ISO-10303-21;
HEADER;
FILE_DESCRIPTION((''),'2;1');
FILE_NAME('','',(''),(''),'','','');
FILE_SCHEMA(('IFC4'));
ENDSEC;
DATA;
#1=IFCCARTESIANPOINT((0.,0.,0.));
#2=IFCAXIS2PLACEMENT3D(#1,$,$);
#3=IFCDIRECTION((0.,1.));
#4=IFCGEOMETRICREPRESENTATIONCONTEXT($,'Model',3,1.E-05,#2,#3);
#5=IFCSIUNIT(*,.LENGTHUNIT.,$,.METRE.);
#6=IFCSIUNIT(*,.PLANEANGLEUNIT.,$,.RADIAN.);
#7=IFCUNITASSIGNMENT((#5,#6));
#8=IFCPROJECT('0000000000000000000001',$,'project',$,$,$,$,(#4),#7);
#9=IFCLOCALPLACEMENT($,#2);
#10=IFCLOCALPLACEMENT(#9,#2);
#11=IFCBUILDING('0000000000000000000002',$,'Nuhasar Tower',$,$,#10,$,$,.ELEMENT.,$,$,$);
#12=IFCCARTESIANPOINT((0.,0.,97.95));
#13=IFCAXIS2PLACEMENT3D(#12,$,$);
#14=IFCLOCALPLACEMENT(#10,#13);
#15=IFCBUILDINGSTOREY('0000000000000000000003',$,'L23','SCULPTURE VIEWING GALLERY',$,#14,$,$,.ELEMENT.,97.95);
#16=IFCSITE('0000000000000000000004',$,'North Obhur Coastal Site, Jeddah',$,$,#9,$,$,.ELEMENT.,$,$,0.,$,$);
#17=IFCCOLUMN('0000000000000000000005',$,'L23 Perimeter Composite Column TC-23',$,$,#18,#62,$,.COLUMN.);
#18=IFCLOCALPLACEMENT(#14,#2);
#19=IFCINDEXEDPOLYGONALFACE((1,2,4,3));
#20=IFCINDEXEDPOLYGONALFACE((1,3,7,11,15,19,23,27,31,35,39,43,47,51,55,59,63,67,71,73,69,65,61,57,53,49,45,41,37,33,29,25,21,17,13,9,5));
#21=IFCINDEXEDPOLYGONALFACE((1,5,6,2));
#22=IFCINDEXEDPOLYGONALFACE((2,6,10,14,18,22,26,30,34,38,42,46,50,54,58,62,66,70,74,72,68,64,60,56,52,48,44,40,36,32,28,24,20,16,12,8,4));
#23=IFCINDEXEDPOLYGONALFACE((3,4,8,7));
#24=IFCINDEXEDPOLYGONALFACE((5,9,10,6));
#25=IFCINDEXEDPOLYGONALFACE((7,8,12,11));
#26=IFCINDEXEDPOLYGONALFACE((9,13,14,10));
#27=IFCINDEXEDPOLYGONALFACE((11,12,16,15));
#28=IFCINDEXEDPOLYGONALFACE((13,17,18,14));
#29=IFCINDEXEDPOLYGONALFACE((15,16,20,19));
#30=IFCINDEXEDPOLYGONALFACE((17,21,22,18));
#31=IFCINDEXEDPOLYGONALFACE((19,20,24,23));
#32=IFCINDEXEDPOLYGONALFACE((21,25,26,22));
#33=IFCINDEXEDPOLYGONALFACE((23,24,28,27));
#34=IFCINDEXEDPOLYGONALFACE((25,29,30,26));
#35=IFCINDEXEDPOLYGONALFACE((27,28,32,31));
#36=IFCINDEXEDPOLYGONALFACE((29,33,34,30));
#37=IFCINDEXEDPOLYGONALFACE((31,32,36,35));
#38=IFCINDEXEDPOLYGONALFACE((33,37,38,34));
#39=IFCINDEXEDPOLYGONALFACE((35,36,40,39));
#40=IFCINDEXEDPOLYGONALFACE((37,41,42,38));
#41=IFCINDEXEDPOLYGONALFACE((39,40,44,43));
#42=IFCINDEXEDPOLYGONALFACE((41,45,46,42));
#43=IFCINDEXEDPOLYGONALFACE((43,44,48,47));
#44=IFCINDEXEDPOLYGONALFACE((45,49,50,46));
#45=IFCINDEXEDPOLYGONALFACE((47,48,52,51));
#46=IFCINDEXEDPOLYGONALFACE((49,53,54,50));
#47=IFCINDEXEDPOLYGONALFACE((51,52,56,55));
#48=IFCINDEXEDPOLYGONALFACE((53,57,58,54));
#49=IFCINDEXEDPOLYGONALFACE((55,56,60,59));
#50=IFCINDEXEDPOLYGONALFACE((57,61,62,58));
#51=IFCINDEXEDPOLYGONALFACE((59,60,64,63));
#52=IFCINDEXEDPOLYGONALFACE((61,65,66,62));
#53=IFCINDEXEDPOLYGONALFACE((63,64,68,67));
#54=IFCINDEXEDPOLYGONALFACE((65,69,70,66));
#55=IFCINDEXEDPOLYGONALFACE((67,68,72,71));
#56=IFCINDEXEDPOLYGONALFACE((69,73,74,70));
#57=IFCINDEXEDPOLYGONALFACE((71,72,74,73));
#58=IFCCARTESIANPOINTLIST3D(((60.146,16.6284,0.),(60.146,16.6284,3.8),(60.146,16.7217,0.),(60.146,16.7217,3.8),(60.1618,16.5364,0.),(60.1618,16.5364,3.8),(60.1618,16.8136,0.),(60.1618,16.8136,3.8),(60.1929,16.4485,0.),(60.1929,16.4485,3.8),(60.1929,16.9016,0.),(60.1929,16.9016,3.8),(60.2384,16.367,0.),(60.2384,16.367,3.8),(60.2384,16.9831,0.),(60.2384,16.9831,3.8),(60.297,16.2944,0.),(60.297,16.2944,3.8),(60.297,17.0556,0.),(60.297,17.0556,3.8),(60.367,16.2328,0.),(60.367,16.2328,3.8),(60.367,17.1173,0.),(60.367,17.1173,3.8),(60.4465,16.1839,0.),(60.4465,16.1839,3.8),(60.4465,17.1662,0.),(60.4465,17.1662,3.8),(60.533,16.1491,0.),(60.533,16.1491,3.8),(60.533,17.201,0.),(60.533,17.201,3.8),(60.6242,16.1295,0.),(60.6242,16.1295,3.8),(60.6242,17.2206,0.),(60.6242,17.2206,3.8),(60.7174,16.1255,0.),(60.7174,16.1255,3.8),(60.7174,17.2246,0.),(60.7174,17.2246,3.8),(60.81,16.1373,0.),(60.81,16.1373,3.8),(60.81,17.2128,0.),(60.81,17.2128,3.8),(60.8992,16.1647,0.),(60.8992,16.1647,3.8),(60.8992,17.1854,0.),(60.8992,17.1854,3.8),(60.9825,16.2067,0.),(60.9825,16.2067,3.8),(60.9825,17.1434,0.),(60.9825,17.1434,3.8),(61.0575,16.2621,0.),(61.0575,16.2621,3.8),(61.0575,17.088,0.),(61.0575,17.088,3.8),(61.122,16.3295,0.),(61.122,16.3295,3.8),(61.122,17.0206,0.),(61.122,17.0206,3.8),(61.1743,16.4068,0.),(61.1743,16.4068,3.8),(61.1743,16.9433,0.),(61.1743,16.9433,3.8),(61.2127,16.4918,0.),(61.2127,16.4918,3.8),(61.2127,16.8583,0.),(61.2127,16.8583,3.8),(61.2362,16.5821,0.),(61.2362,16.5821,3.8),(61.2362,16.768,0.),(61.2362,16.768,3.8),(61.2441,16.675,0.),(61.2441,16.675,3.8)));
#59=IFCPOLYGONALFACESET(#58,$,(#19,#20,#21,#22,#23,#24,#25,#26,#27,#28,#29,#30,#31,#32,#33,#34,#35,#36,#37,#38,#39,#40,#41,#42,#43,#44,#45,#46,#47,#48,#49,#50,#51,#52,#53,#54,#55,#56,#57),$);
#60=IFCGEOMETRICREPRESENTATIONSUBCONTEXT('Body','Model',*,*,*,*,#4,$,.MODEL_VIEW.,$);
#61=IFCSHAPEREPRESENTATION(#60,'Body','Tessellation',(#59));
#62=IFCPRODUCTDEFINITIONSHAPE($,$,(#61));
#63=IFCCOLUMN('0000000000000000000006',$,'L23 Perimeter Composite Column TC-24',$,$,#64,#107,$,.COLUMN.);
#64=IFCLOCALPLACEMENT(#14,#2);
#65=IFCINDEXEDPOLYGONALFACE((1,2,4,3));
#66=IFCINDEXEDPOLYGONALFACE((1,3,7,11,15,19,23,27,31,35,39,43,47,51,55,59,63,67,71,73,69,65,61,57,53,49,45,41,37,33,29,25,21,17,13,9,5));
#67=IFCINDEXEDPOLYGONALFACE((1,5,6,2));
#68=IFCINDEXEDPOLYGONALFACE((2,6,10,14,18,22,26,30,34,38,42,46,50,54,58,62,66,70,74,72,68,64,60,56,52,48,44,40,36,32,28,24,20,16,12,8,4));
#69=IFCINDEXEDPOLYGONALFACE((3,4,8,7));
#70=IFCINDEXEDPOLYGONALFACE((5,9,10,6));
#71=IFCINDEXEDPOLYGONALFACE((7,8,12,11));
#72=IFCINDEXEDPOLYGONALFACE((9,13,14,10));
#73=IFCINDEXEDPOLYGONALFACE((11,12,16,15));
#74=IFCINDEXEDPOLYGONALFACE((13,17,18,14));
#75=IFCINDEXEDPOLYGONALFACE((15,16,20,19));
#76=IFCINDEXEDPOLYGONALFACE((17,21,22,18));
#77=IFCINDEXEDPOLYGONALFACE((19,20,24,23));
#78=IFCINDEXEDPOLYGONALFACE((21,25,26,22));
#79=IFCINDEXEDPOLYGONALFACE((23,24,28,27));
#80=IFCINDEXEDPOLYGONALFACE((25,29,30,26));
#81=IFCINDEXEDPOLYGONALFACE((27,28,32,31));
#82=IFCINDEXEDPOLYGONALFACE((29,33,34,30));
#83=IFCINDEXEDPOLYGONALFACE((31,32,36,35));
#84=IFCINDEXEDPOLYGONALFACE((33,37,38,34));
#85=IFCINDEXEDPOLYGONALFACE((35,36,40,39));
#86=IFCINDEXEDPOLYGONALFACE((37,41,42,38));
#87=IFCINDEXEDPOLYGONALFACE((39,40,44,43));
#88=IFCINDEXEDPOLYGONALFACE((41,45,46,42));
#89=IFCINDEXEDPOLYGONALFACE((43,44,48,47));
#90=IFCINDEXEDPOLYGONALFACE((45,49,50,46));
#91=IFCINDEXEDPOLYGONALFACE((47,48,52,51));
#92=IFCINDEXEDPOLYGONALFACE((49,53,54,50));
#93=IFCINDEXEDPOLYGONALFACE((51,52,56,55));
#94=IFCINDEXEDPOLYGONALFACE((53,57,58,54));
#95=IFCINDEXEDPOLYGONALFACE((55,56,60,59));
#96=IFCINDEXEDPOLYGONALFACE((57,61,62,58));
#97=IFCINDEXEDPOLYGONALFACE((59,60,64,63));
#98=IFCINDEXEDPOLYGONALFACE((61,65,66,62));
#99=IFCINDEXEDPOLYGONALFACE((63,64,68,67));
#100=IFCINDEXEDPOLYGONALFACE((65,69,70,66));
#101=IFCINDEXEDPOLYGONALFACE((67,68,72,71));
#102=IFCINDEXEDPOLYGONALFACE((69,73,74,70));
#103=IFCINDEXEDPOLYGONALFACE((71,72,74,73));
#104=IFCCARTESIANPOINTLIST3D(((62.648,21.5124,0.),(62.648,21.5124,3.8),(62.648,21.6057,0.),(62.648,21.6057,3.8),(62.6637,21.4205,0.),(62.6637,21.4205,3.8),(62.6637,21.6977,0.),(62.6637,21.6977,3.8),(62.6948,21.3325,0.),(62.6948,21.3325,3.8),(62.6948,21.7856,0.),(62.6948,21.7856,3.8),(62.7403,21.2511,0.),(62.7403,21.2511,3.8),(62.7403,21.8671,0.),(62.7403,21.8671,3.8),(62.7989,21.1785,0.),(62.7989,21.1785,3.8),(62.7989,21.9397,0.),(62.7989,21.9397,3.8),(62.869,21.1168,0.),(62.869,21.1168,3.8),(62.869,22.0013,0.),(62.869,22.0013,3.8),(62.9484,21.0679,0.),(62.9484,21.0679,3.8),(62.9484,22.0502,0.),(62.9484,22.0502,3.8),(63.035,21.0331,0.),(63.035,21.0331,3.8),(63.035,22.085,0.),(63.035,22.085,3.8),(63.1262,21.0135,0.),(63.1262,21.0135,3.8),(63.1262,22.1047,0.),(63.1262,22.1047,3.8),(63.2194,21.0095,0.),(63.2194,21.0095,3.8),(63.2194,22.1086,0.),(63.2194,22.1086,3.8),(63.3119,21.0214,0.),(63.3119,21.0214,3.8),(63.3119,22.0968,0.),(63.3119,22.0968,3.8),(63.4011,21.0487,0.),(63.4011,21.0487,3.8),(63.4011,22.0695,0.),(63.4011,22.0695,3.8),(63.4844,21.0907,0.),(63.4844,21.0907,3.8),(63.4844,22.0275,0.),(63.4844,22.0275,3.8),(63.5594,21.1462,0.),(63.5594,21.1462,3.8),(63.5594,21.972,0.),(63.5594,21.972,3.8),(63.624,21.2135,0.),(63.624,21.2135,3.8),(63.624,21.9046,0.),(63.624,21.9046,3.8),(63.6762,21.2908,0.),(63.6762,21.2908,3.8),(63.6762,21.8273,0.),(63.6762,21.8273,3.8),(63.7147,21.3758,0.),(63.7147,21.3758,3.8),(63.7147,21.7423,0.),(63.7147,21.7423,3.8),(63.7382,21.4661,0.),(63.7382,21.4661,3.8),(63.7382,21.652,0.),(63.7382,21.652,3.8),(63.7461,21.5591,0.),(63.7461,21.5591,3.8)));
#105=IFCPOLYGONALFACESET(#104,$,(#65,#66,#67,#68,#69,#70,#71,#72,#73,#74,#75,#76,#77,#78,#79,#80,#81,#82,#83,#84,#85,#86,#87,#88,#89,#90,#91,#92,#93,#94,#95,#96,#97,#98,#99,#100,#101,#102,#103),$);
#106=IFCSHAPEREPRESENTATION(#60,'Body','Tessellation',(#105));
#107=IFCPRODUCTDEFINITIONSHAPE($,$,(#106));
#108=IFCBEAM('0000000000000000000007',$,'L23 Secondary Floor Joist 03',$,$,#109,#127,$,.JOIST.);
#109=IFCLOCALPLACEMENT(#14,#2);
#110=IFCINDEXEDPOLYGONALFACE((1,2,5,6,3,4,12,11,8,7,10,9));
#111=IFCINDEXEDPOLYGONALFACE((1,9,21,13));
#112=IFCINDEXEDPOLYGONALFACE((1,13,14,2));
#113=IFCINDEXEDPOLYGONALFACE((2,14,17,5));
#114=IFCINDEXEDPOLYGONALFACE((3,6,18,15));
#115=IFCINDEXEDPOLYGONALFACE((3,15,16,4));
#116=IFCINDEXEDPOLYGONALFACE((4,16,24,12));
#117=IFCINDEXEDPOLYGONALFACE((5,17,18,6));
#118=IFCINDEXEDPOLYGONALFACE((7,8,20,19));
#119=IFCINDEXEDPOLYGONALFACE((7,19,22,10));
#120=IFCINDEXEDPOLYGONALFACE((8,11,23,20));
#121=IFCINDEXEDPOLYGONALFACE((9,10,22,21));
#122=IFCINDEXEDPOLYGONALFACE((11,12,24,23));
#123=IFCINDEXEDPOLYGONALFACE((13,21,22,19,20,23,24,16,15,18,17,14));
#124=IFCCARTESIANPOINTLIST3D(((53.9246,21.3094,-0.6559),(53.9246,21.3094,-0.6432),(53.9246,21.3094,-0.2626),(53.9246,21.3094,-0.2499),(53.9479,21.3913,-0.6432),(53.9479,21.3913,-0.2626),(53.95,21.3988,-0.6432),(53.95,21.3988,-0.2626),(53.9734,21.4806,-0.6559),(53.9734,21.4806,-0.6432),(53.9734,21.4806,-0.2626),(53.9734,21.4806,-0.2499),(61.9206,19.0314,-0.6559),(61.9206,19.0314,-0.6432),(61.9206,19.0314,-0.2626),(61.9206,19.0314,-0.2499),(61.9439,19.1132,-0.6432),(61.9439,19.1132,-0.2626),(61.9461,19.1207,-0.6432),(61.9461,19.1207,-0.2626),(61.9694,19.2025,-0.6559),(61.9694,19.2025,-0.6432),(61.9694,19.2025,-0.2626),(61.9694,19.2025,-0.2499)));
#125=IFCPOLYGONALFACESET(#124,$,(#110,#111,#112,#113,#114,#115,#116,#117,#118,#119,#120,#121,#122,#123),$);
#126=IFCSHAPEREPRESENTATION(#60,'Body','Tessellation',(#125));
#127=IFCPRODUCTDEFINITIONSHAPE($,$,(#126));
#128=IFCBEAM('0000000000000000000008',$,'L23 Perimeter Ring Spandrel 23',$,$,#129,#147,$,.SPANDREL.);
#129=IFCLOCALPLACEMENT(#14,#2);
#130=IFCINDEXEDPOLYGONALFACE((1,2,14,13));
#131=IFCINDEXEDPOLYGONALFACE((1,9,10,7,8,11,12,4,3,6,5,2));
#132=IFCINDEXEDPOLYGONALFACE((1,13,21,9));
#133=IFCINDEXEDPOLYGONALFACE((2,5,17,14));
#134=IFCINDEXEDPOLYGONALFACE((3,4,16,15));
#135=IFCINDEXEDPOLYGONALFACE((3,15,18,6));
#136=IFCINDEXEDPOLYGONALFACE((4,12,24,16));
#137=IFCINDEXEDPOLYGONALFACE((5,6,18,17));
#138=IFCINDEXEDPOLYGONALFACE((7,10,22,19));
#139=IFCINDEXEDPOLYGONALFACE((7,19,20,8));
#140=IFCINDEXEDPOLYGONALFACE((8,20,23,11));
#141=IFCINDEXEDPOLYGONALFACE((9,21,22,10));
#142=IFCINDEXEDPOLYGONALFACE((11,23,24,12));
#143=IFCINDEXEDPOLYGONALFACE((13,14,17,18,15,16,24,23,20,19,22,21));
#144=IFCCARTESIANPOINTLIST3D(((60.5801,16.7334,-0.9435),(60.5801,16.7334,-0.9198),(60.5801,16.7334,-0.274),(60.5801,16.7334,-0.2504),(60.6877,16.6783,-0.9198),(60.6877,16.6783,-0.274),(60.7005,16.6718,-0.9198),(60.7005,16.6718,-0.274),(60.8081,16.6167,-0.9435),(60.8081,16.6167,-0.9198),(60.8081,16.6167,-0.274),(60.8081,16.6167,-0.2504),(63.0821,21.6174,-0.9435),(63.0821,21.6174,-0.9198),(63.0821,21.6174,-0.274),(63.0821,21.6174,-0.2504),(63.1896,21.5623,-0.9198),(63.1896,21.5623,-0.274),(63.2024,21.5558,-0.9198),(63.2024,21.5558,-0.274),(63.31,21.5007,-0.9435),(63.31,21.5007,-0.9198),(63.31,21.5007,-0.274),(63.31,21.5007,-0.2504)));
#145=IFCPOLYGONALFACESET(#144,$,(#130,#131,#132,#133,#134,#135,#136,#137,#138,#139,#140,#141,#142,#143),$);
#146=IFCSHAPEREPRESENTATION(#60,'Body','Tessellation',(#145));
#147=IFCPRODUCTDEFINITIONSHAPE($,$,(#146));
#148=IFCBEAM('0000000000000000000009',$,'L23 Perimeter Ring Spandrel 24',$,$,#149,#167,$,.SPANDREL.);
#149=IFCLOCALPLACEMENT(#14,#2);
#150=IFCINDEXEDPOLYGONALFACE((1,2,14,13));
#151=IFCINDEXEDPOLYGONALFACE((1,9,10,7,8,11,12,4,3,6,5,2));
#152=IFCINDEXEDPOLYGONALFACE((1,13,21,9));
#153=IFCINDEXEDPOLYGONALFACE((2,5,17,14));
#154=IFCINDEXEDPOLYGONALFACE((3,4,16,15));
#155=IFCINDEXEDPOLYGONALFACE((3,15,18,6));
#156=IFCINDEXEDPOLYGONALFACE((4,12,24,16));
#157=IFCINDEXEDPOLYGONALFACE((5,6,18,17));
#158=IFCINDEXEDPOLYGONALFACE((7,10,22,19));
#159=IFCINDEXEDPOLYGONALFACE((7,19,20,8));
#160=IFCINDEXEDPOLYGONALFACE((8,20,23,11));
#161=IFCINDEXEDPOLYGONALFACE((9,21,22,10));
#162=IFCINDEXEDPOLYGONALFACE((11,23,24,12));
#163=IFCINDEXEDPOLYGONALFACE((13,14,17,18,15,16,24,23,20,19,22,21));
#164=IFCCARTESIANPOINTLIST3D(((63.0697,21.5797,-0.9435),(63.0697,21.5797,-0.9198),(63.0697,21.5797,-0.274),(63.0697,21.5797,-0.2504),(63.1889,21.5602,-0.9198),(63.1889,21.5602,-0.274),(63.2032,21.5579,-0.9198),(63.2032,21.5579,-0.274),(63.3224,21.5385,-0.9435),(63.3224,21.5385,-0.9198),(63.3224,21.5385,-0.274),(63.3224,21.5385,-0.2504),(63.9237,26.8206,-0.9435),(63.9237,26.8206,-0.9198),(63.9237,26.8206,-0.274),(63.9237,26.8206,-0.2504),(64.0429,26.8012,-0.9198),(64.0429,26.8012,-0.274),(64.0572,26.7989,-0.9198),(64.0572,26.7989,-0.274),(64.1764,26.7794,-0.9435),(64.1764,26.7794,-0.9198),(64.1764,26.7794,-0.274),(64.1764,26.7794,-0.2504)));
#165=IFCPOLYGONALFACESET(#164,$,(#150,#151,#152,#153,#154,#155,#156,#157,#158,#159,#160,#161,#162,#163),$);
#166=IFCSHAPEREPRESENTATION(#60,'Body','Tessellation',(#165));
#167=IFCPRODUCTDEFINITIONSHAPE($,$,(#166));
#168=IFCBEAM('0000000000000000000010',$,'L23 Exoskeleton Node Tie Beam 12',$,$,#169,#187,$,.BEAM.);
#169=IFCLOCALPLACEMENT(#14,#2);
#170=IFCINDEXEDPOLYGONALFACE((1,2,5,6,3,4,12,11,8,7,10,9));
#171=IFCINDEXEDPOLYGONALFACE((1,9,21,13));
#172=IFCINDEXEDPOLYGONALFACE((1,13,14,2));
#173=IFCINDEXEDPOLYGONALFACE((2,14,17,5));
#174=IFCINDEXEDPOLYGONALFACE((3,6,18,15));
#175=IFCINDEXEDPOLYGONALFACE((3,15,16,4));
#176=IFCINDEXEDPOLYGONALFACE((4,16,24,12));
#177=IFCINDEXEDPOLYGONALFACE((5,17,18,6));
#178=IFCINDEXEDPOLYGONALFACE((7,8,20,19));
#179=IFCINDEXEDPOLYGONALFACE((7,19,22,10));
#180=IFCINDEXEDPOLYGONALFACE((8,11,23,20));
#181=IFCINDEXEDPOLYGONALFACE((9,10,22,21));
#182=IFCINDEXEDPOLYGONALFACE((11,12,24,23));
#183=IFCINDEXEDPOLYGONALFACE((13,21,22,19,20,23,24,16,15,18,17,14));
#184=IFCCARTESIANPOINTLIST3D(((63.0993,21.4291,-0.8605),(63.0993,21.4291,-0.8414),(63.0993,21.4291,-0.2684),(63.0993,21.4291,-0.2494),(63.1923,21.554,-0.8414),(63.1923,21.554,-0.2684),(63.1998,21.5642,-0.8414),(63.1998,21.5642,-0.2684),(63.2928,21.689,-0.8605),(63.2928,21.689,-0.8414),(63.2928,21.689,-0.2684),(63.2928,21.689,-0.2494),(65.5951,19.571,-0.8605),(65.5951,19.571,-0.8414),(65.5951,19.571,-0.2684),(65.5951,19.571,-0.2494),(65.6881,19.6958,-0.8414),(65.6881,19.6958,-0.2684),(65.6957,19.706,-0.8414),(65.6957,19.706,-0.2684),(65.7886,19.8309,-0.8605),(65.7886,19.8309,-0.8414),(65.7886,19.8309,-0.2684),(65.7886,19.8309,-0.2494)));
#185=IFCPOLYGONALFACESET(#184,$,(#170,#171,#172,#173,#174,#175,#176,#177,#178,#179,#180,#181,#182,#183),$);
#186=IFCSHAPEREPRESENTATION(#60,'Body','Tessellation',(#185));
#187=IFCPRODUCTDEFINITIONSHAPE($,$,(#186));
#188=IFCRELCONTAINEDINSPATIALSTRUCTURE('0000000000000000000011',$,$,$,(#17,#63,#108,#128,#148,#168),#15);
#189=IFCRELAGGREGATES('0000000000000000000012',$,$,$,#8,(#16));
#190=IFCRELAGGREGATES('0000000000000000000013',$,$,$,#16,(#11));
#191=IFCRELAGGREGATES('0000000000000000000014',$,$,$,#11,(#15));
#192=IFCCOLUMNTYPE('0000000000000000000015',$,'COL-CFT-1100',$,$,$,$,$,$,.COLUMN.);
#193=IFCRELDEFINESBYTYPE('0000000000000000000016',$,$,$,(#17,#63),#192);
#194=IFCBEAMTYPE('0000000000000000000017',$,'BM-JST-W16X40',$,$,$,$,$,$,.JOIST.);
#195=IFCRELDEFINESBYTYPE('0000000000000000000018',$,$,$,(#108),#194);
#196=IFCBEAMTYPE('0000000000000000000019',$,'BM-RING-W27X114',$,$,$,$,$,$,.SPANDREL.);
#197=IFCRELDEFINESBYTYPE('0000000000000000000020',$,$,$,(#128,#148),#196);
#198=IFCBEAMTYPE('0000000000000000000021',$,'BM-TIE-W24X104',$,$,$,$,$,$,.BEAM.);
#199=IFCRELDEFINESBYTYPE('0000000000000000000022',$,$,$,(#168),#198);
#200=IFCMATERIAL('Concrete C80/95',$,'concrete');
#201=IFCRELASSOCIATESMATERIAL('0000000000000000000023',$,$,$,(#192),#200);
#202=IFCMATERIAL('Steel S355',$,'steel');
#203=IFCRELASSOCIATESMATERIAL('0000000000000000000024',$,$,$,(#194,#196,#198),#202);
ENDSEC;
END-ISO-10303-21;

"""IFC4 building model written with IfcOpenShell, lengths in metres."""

from ifc_helpers import new_model, si_unit, direction, frame, origin, origin_2d, place, context, subcontext, project, spatial, circle, i_section, extrude, material, material_profile, profile_set, type_object, element, save


model = new_model("IFC4")

# Units and contexts
model_context = context("Model", 3, precision=1e-05, world=origin(), true_north=direction((0.0, 1.0)))
body_context = subcontext(model_context, "Body", "Model", "MODEL_VIEW")
ifc_project = project(units=[si_unit("LENGTHUNIT", "METRE"), si_unit("PLANEANGLEUNIT", "RADIAN")], contexts=[model_context])

# Site, building, storey
site_placement = place(None, origin())
site = spatial("IfcSite", under=ifc_project, at=site_placement, Name="North Obhur Coastal Site, Jeddah", CompositionType="ELEMENT", RefElevation=0.0)
building_placement = place(site_placement, origin())
building = spatial("IfcBuilding", under=site, at=building_placement, Name="Nuhasar Tower", CompositionType="ELEMENT")
storey_placement = place(building_placement, frame((0.0, 0.0, 97.95)))
storey = spatial("IfcBuildingStorey", under=building, at=storey_placement, Name="L23", Description="SCULPTURE VIEWING GALLERY", CompositionType="ELEMENT", Elevation=97.95)

# Columns
ifc_material_1 = material(Name="Concrete C80/95", Category="concrete")
ifc_material_profile_1 = material_profile(ifc_material_1, circle(Radius=0.55, at=origin_2d()), Name="CFT1100")
ifc_profile_set_1 = profile_set([ifc_material_profile_1], Name="Concrete C80/95")
column_type = type_object("IfcColumnType", Name="COL-CFT-1100", PredefinedType="COLUMN", material=ifc_profile_set_1)
for number, where, z_axis, x_axis, name in (
    (1, (60.6941, 16.675, 0.0), (0.0, 0.0, 1.0), (1.0, 0.0, 0.0), "L23 Perimeter Composite Column TC-23"),
    (2, (63.196, 21.5591, 0.0), (0.0, 0.0, 1.0), (1.0, 0.0, 0.0), "L23 Perimeter Composite Column TC-24"),
):
    element("IfcColumn", number, at=place(storey_placement, frame(where, z_axis=z_axis, x_axis=x_axis)), inside=storey, type_object=column_type, Name=name, PredefinedType="COLUMN", context=body_context, shape_type="SweptSolid", body=[
        extrude(circle(Radius=0.55, at=origin_2d()), origin(), (0.0, 0.0, 1.0), 3.8),
    ])

# Beams
ifc_material_2 = material(Name="Steel S355", Category="steel")
ifc_material_profile_2 = material_profile(ifc_material_2, i_section(OverallWidth=0.178, OverallDepth=0.406, WebThickness=0.0078, FlangeThickness=0.0127, at=origin_2d()), Name="W16X40")
ifc_profile_set_2 = profile_set([ifc_material_profile_2], Name="Steel S355")
beam_type_1 = type_object("IfcBeamType", Name="BM-JST-W16X40", PredefinedType="JOIST", material=ifc_profile_set_2)
beam_1_placement = place(storey_placement, frame((53.949, 21.395, -0.4529), z_axis=(0.961731, -0.273996, 0.0), x_axis=(0.273996, 0.961731, 0.0)))
element("IfcBeam", 3, at=beam_1_placement, inside=storey, type_object=beam_type_1, Name="L23 Secondary Floor Joist 03", PredefinedType="JOIST", context=body_context, shape_type="SweptSolid", body=[
    extrude(i_section(OverallWidth=0.178, OverallDepth=0.406, WebThickness=0.0078, FlangeThickness=0.0127, at=origin_2d()), origin(), (0.0, 0.0, 1.0), 8.3142),
])
ifc_material_profile_3 = material_profile(ifc_material_2, i_section(OverallWidth=0.2561, OverallDepth=0.6931, WebThickness=0.0144, FlangeThickness=0.0237, at=origin_2d()), Name="W27X114")
ifc_profile_set_3 = profile_set([ifc_material_profile_3], Name="Steel S355")
beam_type_2 = type_object("IfcBeamType", Name="BM-RING-W27X114", PredefinedType="SPANDREL", material=ifc_profile_set_3)
beam_2_placement = place(storey_placement, frame((60.6941, 16.675, -0.5969), z_axis=(0.45593, 0.890016, 0.0), x_axis=(-0.890016, 0.45593, 0.0)))
element("IfcBeam", 4, at=beam_2_placement, inside=storey, type_object=beam_type_2, Name="L23 Perimeter Ring Spandrel 23", PredefinedType="SPANDREL", context=body_context, shape_type="SweptSolid", body=[
    extrude(i_section(OverallWidth=0.2561, OverallDepth=0.6931, WebThickness=0.0144, FlangeThickness=0.0237, at=origin_2d()), origin(), (0.0, 0.0, 1.0), 5.4875),
])
beam_3_placement = place(storey_placement, frame((63.196, 21.5591, -0.5969), z_axis=(0.160827, 0.986983, 0.0), x_axis=(-0.986983, 0.160827, 0.0)))
element("IfcBeam", 5, at=beam_3_placement, inside=storey, type_object=beam_type_2, Name="L23 Perimeter Ring Spandrel 24", PredefinedType="SPANDREL", context=body_context, shape_type="SweptSolid", body=[
    extrude(i_section(OverallWidth=0.2561, OverallDepth=0.6931, WebThickness=0.0144, FlangeThickness=0.0237, at=origin_2d()), origin(), (0.0, 0.0, 1.0), 5.3101),
])
ifc_material_profile_4 = material_profile(ifc_material_2, i_section(OverallWidth=0.324, OverallDepth=0.6111, WebThickness=0.0127, FlangeThickness=0.019, at=origin_2d()), Name="W24X104")
ifc_profile_set_4 = profile_set([ifc_material_profile_4], Name="Steel S355")
beam_type_3 = type_object("IfcBeamType", Name="BM-TIE-W24X104", PredefinedType="BEAM", material=ifc_profile_set_4)
beam_4_placement = place(storey_placement, frame((63.196, 21.5591, -0.5549), z_axis=(0.802113, -0.597172, 0.0), x_axis=(0.597172, 0.802113, 0.0)))
element("IfcBeam", 6, at=beam_4_placement, inside=storey, type_object=beam_type_3, Name="L23 Exoskeleton Node Tie Beam 12", PredefinedType="BEAM", context=body_context, shape_type="SweptSolid", body=[
    extrude(i_section(OverallWidth=0.324, OverallDepth=0.6111, WebThickness=0.0127, FlangeThickness=0.019, at=origin_2d()), origin(), (0.0, 0.0, 1.0), 3.1116),
])

save(model, "model.ifc")
